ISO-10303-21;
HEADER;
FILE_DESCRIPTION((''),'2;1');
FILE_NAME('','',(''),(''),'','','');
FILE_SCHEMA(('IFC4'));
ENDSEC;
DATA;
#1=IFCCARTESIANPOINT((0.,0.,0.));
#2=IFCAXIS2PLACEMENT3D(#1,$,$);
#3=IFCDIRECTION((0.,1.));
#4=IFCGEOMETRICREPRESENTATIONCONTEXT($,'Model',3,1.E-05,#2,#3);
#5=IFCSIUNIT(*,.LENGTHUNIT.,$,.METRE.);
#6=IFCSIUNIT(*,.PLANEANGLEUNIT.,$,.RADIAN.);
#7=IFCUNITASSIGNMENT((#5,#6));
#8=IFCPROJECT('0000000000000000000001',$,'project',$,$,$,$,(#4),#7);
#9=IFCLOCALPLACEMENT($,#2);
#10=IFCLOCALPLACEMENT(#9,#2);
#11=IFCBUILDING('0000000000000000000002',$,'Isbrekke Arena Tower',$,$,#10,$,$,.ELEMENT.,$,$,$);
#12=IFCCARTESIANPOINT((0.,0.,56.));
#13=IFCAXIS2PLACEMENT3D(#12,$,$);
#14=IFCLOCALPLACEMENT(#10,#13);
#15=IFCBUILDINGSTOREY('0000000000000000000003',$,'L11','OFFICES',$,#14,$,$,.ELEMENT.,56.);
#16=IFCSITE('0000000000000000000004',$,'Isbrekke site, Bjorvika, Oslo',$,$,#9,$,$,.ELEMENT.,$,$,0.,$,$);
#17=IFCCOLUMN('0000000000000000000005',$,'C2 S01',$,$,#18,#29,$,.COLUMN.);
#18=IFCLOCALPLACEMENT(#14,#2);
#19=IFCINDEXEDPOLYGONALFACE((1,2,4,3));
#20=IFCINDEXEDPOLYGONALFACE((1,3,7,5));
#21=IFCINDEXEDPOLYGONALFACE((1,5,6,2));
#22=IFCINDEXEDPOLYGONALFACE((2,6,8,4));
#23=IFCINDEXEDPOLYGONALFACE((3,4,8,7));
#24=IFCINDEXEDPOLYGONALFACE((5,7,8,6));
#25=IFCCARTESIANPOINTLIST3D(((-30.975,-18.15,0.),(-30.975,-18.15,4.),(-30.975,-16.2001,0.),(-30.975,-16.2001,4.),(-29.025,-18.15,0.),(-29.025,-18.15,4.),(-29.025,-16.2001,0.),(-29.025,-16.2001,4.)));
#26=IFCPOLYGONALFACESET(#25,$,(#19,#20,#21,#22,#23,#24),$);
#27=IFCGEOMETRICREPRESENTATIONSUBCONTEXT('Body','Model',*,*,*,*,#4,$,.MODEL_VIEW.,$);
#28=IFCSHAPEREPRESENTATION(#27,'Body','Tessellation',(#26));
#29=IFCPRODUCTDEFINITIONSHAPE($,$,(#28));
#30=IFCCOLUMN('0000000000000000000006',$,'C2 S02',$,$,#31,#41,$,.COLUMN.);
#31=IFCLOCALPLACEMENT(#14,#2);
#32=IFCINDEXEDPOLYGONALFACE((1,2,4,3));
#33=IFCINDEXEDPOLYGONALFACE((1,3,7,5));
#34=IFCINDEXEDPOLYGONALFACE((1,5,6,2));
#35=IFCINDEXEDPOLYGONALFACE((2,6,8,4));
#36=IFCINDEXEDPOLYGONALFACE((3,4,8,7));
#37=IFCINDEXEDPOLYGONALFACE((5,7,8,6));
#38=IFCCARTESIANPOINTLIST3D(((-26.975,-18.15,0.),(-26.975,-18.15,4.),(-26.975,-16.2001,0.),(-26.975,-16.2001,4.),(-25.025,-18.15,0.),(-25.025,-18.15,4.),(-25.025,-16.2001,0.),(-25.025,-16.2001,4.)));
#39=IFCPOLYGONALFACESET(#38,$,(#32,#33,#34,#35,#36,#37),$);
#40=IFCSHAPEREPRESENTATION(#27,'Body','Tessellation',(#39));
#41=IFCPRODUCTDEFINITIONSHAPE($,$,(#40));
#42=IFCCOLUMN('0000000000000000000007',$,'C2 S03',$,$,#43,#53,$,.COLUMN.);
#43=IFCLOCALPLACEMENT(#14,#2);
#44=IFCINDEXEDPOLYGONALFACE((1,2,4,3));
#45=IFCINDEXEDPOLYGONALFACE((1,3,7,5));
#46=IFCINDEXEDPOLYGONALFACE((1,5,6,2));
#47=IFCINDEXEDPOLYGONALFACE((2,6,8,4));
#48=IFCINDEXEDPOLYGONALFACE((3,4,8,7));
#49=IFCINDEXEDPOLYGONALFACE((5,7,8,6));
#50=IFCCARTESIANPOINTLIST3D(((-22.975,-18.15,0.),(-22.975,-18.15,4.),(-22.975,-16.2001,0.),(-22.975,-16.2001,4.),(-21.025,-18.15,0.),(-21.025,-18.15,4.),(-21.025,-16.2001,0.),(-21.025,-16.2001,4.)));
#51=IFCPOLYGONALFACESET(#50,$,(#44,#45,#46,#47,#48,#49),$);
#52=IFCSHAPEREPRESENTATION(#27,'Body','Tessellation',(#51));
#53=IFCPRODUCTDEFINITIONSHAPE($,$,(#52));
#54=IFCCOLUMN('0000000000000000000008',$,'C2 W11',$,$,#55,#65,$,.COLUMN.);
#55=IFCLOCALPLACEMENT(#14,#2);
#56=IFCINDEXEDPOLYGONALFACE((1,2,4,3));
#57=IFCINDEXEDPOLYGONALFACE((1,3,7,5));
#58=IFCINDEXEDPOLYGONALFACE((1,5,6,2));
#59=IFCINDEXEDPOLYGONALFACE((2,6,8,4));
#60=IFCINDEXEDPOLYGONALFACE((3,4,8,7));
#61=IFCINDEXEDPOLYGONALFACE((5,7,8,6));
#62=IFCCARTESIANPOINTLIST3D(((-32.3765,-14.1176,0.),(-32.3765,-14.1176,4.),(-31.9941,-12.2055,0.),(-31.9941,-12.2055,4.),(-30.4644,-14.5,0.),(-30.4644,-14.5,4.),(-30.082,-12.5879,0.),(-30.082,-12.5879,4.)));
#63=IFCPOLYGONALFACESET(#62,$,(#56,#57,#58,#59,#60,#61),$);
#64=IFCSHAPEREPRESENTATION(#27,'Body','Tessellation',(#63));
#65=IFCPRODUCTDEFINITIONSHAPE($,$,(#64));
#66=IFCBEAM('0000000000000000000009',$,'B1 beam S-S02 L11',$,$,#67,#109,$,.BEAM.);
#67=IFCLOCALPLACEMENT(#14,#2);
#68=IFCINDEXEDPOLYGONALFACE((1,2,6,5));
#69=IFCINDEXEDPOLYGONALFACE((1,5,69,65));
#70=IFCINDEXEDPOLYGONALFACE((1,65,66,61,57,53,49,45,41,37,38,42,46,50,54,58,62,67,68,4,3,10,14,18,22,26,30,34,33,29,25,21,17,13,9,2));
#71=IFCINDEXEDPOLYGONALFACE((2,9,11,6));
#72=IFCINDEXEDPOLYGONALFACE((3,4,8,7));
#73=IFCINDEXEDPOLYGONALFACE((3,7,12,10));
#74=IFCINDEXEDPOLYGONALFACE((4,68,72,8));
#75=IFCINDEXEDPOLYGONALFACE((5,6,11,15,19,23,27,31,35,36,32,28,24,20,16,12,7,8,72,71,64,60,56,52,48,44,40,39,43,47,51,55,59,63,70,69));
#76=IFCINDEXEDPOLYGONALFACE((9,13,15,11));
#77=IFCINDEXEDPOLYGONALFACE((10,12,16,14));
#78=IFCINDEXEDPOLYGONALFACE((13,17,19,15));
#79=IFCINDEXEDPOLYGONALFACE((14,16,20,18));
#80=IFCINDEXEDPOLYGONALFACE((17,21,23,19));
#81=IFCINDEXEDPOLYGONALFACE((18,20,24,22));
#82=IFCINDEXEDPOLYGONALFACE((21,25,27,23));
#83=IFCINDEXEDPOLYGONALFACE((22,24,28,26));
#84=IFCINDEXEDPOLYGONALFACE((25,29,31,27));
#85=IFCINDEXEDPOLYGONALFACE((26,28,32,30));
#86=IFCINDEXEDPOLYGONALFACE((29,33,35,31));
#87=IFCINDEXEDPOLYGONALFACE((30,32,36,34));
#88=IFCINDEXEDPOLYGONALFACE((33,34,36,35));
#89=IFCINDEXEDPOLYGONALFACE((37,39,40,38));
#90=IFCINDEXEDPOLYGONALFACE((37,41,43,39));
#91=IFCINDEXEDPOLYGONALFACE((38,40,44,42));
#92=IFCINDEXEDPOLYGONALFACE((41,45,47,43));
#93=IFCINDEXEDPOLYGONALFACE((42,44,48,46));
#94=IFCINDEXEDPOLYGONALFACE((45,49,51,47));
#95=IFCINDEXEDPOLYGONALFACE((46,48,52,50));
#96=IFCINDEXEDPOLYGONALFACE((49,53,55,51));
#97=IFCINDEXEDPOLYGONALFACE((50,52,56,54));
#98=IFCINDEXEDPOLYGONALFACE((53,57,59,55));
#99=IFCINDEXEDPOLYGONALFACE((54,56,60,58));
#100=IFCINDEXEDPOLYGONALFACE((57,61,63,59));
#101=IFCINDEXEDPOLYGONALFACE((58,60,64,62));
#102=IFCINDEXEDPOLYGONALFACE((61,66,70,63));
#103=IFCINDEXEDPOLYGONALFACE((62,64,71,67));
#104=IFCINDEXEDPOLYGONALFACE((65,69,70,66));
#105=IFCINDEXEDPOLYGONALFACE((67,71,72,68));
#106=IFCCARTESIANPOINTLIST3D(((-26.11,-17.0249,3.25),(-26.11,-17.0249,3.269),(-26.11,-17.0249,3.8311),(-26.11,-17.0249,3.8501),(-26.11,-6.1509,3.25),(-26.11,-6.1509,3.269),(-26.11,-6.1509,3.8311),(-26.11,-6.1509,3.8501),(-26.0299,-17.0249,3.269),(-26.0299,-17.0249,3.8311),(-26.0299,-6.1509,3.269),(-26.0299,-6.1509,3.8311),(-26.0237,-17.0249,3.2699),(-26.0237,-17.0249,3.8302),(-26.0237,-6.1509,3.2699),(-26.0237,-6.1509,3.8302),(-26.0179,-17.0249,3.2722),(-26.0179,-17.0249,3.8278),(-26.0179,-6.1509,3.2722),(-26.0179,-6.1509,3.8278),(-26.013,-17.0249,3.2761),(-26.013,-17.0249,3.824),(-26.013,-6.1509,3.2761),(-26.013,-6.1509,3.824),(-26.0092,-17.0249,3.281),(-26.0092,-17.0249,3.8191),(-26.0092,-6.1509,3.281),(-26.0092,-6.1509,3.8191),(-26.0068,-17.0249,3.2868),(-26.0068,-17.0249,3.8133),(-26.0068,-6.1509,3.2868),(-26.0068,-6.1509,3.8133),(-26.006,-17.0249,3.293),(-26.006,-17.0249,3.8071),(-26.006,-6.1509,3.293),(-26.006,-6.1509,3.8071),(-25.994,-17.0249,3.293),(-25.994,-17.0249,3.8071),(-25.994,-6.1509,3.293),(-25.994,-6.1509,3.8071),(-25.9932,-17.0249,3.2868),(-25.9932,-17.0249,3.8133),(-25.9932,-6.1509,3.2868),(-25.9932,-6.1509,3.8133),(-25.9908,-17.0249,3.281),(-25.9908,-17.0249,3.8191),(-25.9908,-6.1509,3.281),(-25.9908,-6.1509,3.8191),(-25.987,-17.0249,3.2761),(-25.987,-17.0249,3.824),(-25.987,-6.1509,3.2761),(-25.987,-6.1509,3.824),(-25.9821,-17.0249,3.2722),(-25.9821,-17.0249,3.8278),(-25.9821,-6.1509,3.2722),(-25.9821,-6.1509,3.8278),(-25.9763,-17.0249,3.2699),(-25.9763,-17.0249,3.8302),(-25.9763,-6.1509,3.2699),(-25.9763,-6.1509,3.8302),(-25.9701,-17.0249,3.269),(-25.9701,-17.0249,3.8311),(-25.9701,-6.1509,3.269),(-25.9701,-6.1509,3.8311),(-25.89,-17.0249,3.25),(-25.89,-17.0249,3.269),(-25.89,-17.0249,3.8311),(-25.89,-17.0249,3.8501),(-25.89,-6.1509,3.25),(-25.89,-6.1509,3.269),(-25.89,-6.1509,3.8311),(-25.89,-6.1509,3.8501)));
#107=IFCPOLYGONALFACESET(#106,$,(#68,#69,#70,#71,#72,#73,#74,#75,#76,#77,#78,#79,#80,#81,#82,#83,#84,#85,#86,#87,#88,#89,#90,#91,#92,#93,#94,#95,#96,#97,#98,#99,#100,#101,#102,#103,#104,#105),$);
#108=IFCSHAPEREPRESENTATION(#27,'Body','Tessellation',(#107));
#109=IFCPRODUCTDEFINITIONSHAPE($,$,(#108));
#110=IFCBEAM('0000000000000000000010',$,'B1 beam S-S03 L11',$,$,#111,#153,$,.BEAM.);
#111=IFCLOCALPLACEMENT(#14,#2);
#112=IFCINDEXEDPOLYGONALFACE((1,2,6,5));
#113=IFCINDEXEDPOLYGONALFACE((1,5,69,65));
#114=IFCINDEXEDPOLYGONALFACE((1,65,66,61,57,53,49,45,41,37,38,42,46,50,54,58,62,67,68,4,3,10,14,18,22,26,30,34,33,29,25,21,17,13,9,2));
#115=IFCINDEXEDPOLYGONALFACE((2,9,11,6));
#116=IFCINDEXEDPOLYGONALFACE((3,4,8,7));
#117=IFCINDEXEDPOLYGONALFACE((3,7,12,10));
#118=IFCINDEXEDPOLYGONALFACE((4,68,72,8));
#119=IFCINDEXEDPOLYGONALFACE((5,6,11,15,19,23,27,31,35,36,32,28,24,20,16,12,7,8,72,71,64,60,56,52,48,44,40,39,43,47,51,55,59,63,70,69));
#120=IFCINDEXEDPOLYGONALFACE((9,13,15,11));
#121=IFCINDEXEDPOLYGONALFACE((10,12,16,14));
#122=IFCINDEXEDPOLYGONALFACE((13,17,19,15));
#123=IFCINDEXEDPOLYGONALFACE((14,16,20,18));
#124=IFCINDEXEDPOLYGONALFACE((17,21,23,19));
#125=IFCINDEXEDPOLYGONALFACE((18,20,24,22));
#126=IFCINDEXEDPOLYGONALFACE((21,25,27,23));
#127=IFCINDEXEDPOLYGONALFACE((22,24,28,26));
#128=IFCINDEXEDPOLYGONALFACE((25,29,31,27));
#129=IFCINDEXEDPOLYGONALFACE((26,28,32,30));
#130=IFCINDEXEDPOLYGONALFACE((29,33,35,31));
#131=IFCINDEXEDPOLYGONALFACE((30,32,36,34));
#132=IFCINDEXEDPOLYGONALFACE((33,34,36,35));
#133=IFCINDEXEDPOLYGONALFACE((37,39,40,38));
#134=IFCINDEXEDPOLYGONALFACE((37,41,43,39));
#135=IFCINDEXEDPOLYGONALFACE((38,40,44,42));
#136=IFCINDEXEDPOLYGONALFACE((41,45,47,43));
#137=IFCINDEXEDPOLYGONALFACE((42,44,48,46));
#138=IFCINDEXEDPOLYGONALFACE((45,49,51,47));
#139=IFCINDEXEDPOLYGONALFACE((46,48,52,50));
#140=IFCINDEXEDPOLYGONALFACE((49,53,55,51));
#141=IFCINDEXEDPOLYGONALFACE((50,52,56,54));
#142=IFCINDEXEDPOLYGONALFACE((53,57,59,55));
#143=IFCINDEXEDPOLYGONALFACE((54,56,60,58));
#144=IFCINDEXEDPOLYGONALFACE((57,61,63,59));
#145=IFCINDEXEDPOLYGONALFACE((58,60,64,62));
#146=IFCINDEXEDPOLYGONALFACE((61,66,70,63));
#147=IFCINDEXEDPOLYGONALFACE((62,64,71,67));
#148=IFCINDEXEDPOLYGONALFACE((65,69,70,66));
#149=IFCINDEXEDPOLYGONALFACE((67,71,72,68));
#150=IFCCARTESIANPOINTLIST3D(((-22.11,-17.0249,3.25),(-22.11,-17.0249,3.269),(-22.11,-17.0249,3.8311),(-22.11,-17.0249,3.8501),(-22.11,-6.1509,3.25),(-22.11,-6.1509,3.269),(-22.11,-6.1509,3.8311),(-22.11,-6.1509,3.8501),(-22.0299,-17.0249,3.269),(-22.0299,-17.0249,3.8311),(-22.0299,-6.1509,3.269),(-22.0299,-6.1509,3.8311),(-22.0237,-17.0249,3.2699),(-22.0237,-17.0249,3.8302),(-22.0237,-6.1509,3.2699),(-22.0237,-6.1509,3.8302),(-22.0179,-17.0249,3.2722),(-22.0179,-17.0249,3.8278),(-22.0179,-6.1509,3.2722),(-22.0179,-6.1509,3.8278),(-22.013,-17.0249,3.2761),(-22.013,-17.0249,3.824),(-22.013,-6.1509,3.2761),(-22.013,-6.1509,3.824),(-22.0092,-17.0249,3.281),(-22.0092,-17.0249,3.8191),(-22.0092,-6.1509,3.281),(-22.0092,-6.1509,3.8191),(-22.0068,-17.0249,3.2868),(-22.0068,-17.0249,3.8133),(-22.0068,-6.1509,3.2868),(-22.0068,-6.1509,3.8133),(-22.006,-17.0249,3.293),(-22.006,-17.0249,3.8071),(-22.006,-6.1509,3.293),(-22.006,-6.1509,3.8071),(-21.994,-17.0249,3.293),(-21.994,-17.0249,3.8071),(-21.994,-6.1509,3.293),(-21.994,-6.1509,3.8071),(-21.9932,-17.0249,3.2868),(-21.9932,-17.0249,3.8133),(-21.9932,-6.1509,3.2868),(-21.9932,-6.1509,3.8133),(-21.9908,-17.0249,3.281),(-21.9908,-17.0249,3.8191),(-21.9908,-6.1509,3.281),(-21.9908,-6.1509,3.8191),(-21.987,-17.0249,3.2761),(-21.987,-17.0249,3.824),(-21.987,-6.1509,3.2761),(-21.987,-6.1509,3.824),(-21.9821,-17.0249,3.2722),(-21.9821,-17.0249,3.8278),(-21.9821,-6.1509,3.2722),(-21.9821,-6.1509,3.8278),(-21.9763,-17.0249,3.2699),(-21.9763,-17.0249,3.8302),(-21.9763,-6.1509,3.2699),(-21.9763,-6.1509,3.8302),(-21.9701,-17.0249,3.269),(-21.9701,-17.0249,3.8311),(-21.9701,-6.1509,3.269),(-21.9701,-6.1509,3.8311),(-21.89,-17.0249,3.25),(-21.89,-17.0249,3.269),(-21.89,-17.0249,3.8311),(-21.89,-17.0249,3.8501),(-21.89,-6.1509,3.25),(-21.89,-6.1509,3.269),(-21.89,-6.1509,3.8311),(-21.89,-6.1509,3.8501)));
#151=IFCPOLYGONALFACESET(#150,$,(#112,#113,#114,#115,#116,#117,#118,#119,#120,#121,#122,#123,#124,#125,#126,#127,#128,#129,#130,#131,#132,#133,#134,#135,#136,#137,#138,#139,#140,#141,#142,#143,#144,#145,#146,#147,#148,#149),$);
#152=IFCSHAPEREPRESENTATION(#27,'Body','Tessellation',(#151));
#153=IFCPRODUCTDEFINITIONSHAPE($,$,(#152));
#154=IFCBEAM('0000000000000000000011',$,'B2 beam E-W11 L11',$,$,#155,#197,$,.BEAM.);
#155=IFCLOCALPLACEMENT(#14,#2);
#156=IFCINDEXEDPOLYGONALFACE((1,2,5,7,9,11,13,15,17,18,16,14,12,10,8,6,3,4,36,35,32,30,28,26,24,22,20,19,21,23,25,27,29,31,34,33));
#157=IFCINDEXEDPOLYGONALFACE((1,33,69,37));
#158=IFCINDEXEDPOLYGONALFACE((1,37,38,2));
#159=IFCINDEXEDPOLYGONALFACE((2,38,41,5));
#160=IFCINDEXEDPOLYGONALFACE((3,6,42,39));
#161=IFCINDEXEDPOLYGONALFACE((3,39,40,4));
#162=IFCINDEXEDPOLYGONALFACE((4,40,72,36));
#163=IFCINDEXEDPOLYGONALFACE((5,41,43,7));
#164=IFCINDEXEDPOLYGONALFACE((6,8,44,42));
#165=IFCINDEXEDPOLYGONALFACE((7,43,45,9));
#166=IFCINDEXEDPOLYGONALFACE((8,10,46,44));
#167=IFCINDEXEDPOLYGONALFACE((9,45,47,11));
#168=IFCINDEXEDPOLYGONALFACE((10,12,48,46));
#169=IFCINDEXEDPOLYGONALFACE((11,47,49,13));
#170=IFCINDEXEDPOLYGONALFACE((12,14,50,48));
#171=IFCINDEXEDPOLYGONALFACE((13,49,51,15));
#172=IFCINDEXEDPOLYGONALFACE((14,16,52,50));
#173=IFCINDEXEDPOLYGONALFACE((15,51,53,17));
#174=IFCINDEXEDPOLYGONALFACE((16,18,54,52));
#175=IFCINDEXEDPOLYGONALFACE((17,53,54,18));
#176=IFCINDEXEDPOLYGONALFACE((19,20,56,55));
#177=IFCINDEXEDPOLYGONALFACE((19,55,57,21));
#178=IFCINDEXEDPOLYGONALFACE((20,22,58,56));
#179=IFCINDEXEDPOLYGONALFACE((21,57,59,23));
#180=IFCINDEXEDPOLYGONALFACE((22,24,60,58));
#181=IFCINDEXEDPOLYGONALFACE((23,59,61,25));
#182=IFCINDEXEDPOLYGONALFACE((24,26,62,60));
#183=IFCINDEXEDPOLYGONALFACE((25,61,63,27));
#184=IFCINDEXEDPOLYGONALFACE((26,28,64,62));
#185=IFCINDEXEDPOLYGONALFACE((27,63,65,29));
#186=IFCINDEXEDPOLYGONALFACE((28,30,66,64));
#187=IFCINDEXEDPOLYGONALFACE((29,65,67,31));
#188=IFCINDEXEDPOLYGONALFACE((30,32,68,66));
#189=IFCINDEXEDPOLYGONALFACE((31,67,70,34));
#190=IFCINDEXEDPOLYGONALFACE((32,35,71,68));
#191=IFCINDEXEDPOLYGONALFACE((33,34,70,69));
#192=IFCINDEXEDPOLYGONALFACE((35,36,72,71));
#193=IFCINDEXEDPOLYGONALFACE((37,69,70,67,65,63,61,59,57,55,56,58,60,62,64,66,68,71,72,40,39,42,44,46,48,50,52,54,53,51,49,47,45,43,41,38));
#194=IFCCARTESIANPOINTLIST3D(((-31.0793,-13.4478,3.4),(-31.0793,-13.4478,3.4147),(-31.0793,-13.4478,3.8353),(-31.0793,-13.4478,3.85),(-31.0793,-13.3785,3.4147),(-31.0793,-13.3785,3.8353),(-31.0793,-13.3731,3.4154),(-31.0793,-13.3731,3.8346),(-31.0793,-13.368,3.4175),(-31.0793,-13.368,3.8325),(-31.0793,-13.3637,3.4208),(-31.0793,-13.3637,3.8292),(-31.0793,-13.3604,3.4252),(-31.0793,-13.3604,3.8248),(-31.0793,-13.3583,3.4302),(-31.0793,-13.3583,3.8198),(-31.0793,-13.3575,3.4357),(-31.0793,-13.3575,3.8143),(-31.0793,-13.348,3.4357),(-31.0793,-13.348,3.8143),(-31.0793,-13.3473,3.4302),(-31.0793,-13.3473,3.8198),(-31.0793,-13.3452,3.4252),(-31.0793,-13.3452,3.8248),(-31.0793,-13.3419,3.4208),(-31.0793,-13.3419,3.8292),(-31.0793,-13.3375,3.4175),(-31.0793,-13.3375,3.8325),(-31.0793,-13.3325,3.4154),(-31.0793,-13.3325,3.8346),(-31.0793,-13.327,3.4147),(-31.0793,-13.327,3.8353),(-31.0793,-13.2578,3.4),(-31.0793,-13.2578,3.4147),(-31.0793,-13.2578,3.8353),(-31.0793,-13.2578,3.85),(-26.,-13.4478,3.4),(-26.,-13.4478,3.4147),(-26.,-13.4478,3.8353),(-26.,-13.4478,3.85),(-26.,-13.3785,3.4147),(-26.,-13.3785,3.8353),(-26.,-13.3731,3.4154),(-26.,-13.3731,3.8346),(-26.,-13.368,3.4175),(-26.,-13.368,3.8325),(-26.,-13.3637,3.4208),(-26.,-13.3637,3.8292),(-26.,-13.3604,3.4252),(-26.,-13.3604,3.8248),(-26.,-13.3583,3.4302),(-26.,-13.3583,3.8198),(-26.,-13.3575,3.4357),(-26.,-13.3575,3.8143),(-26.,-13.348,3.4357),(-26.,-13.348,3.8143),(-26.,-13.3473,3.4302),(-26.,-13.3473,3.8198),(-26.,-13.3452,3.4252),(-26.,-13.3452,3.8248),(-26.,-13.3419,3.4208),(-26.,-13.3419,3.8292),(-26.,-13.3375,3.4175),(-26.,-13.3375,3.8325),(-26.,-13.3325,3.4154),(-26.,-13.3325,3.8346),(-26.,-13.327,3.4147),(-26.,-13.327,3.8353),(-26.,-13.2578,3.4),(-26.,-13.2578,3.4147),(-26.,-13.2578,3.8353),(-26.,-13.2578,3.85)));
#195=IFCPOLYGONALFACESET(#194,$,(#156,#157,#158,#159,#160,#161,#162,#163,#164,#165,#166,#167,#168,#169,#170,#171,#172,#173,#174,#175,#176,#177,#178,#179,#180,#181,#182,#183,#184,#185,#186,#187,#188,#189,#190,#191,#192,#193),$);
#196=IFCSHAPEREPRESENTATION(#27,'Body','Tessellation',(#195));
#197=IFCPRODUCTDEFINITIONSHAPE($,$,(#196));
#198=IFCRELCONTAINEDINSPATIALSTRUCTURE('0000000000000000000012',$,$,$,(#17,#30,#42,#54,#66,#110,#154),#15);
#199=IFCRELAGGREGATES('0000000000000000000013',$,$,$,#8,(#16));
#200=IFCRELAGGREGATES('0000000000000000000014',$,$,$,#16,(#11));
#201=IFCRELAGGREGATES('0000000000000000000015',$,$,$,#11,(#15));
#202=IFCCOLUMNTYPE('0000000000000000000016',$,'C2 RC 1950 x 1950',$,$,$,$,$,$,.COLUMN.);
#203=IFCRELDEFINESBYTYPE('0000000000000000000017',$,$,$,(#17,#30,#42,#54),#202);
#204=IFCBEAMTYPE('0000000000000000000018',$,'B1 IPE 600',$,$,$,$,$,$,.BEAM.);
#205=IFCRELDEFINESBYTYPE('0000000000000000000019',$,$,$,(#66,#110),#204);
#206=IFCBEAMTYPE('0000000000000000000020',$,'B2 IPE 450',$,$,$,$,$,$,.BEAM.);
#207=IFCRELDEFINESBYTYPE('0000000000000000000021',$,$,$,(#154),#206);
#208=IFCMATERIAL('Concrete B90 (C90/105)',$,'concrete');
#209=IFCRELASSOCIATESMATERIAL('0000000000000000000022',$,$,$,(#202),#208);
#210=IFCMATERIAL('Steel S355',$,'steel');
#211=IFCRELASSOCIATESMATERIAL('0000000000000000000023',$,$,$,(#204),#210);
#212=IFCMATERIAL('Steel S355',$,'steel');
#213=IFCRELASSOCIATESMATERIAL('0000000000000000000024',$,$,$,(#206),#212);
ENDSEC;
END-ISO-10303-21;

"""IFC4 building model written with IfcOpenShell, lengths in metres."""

from ifc_helpers import new_model, si_unit, direction, frame, origin, origin_2d, place, context, subcontext, project, spatial, rectangle, i_section, extrude, material, material_profile, profile_set, type_object, element, save


model = new_model("IFC4")

# Units and contexts
model_context = context("Model", 3, precision=1e-05, world=origin(), true_north=direction((0.0, 1.0)))
body_context = subcontext(model_context, "Body", "Model", "MODEL_VIEW")
ifc_project = project(units=[si_unit("LENGTHUNIT", "METRE"), si_unit("PLANEANGLEUNIT", "RADIAN")], contexts=[model_context])

# Site, building, storey
site_placement = place(None, origin())
site = spatial("IfcSite", under=ifc_project, at=site_placement, Name="Isbrekke site, Bjorvika, Oslo", CompositionType="ELEMENT", RefElevation=0.0)
building_placement = place(site_placement, origin())
building = spatial("IfcBuilding", under=site, at=building_placement, Name="Isbrekke Arena Tower", CompositionType="ELEMENT")
storey_placement = place(building_placement, frame((0.0, 0.0, 56.0)))
storey = spatial("IfcBuildingStorey", under=building, at=storey_placement, Name="L11", Description="OFFICES", CompositionType="ELEMENT", Elevation=56.0)

# Columns
ifc_material_1 = material(Name="Concrete B90 (C90/105)", Category="concrete")
ifc_material_profile_1 = material_profile(ifc_material_1, rectangle(XDim=1.95, YDim=1.95, at=origin_2d()), Name="RC 1950x1950")
ifc_profile_set_1 = profile_set([ifc_material_profile_1], Name="Concrete B90 (C90/105)")
column_type = type_object("IfcColumnType", Name="C2 RC 1950 x 1950", PredefinedType="COLUMN", material=ifc_profile_set_1)
for number, where, z_axis, x_axis, name in (
    (1, (-30.0, -17.175, 0.0), (0.0, 0.0, 1.0), (1.0, 0.0, 0.0), "C2 S01"),
    (2, (-26.0, -17.175, 0.0), (0.0, 0.0, 1.0), (1.0, 0.0, 0.0), "C2 S02"),
    (3, (-22.0, -17.175, 0.0), (0.0, 0.0, 1.0), (1.0, 0.0, 0.0), "C2 S03"),
    (4, (-31.2292, -13.3528, 0.0), (0.0, 0.0, 1.0), (-0.196116, -0.980581, 0.0), "C2 W11"),
):
    element("IfcColumn", number, at=place(storey_placement, frame(where, z_axis=z_axis, x_axis=x_axis)), inside=storey, type_object=column_type, Name=name, PredefinedType="COLUMN", context=body_context, shape_type="SweptSolid", body=[
        extrude(rectangle(XDim=1.95, YDim=1.95, at=origin_2d()), origin(), (0.0, 0.0, 1.0), 4.0),
    ])

# Beams
ifc_material_2 = material(Name="Steel S355", Category="steel")
ifc_material_profile_2 = material_profile(ifc_material_2, i_section(OverallWidth=0.22, OverallDepth=0.6001, WebThickness=0.012, FlangeThickness=0.019, FilletRadius=0.0239, at=origin_2d()), Name="IPE 600")
ifc_profile_set_2 = profile_set([ifc_material_profile_2], Name="Steel S355")
beam_type_1 = type_object("IfcBeamType", Name="B1 IPE 600", PredefinedType="BEAM", material=ifc_profile_set_2)
for number, where, z_axis, x_axis, name in (
    (5, (-26.0, -17.0249, 3.55), (0.0, 1.0, 0.0), (-1.0, 0.0, 0.0), "B1 beam S-S02 L11"),
    (6, (-22.0, -17.0249, 3.55), (0.0, 1.0, 0.0), (-1.0, 0.0, 0.0), "B1 beam S-S03 L11"),
):
    element("IfcBeam", number, at=place(storey_placement, frame(where, z_axis=z_axis, x_axis=x_axis)), inside=storey, type_object=beam_type_1, Name=name, PredefinedType="BEAM", context=body_context, shape_type="SweptSolid", body=[
        extrude(i_section(OverallWidth=0.22, OverallDepth=0.6001, WebThickness=0.012, FlangeThickness=0.019, FilletRadius=0.0239, at=origin_2d()), origin(), (0.0, 0.0, 1.0), 10.874),
    ])
ifc_material_3 = material(Name="Steel S355", Category="steel")
ifc_material_profile_3 = material_profile(ifc_material_3, i_section(OverallWidth=0.1899, OverallDepth=0.45, WebThickness=0.0095, FlangeThickness=0.0146, FilletRadius=0.021, at=origin_2d()), Name="IPE 450")
ifc_profile_set_3 = profile_set([ifc_material_profile_3], Name="Steel S355")
beam_type_2 = type_object("IfcBeamType", Name="B2 IPE 450", PredefinedType="BEAM", material=ifc_profile_set_3)
beam_1_placement = place(storey_placement, frame((-31.0793, -13.3528, 3.625), z_axis=(1.0, 0.0, 0.0), x_axis=(0.0, 1.0, 0.0)))
element("IfcBeam", 7, at=beam_1_placement, inside=storey, type_object=beam_type_2, Name="B2 beam E-W11 L11", PredefinedType="BEAM", context=body_context, shape_type="SweptSolid", body=[
    extrude(i_section(OverallWidth=0.1899, OverallDepth=0.45, WebThickness=0.0095, FlangeThickness=0.0146, FilletRadius=0.021, at=origin_2d()), origin(), (0.0, 0.0, 1.0), 5.0793),
])

save(model, "model.ifc")
